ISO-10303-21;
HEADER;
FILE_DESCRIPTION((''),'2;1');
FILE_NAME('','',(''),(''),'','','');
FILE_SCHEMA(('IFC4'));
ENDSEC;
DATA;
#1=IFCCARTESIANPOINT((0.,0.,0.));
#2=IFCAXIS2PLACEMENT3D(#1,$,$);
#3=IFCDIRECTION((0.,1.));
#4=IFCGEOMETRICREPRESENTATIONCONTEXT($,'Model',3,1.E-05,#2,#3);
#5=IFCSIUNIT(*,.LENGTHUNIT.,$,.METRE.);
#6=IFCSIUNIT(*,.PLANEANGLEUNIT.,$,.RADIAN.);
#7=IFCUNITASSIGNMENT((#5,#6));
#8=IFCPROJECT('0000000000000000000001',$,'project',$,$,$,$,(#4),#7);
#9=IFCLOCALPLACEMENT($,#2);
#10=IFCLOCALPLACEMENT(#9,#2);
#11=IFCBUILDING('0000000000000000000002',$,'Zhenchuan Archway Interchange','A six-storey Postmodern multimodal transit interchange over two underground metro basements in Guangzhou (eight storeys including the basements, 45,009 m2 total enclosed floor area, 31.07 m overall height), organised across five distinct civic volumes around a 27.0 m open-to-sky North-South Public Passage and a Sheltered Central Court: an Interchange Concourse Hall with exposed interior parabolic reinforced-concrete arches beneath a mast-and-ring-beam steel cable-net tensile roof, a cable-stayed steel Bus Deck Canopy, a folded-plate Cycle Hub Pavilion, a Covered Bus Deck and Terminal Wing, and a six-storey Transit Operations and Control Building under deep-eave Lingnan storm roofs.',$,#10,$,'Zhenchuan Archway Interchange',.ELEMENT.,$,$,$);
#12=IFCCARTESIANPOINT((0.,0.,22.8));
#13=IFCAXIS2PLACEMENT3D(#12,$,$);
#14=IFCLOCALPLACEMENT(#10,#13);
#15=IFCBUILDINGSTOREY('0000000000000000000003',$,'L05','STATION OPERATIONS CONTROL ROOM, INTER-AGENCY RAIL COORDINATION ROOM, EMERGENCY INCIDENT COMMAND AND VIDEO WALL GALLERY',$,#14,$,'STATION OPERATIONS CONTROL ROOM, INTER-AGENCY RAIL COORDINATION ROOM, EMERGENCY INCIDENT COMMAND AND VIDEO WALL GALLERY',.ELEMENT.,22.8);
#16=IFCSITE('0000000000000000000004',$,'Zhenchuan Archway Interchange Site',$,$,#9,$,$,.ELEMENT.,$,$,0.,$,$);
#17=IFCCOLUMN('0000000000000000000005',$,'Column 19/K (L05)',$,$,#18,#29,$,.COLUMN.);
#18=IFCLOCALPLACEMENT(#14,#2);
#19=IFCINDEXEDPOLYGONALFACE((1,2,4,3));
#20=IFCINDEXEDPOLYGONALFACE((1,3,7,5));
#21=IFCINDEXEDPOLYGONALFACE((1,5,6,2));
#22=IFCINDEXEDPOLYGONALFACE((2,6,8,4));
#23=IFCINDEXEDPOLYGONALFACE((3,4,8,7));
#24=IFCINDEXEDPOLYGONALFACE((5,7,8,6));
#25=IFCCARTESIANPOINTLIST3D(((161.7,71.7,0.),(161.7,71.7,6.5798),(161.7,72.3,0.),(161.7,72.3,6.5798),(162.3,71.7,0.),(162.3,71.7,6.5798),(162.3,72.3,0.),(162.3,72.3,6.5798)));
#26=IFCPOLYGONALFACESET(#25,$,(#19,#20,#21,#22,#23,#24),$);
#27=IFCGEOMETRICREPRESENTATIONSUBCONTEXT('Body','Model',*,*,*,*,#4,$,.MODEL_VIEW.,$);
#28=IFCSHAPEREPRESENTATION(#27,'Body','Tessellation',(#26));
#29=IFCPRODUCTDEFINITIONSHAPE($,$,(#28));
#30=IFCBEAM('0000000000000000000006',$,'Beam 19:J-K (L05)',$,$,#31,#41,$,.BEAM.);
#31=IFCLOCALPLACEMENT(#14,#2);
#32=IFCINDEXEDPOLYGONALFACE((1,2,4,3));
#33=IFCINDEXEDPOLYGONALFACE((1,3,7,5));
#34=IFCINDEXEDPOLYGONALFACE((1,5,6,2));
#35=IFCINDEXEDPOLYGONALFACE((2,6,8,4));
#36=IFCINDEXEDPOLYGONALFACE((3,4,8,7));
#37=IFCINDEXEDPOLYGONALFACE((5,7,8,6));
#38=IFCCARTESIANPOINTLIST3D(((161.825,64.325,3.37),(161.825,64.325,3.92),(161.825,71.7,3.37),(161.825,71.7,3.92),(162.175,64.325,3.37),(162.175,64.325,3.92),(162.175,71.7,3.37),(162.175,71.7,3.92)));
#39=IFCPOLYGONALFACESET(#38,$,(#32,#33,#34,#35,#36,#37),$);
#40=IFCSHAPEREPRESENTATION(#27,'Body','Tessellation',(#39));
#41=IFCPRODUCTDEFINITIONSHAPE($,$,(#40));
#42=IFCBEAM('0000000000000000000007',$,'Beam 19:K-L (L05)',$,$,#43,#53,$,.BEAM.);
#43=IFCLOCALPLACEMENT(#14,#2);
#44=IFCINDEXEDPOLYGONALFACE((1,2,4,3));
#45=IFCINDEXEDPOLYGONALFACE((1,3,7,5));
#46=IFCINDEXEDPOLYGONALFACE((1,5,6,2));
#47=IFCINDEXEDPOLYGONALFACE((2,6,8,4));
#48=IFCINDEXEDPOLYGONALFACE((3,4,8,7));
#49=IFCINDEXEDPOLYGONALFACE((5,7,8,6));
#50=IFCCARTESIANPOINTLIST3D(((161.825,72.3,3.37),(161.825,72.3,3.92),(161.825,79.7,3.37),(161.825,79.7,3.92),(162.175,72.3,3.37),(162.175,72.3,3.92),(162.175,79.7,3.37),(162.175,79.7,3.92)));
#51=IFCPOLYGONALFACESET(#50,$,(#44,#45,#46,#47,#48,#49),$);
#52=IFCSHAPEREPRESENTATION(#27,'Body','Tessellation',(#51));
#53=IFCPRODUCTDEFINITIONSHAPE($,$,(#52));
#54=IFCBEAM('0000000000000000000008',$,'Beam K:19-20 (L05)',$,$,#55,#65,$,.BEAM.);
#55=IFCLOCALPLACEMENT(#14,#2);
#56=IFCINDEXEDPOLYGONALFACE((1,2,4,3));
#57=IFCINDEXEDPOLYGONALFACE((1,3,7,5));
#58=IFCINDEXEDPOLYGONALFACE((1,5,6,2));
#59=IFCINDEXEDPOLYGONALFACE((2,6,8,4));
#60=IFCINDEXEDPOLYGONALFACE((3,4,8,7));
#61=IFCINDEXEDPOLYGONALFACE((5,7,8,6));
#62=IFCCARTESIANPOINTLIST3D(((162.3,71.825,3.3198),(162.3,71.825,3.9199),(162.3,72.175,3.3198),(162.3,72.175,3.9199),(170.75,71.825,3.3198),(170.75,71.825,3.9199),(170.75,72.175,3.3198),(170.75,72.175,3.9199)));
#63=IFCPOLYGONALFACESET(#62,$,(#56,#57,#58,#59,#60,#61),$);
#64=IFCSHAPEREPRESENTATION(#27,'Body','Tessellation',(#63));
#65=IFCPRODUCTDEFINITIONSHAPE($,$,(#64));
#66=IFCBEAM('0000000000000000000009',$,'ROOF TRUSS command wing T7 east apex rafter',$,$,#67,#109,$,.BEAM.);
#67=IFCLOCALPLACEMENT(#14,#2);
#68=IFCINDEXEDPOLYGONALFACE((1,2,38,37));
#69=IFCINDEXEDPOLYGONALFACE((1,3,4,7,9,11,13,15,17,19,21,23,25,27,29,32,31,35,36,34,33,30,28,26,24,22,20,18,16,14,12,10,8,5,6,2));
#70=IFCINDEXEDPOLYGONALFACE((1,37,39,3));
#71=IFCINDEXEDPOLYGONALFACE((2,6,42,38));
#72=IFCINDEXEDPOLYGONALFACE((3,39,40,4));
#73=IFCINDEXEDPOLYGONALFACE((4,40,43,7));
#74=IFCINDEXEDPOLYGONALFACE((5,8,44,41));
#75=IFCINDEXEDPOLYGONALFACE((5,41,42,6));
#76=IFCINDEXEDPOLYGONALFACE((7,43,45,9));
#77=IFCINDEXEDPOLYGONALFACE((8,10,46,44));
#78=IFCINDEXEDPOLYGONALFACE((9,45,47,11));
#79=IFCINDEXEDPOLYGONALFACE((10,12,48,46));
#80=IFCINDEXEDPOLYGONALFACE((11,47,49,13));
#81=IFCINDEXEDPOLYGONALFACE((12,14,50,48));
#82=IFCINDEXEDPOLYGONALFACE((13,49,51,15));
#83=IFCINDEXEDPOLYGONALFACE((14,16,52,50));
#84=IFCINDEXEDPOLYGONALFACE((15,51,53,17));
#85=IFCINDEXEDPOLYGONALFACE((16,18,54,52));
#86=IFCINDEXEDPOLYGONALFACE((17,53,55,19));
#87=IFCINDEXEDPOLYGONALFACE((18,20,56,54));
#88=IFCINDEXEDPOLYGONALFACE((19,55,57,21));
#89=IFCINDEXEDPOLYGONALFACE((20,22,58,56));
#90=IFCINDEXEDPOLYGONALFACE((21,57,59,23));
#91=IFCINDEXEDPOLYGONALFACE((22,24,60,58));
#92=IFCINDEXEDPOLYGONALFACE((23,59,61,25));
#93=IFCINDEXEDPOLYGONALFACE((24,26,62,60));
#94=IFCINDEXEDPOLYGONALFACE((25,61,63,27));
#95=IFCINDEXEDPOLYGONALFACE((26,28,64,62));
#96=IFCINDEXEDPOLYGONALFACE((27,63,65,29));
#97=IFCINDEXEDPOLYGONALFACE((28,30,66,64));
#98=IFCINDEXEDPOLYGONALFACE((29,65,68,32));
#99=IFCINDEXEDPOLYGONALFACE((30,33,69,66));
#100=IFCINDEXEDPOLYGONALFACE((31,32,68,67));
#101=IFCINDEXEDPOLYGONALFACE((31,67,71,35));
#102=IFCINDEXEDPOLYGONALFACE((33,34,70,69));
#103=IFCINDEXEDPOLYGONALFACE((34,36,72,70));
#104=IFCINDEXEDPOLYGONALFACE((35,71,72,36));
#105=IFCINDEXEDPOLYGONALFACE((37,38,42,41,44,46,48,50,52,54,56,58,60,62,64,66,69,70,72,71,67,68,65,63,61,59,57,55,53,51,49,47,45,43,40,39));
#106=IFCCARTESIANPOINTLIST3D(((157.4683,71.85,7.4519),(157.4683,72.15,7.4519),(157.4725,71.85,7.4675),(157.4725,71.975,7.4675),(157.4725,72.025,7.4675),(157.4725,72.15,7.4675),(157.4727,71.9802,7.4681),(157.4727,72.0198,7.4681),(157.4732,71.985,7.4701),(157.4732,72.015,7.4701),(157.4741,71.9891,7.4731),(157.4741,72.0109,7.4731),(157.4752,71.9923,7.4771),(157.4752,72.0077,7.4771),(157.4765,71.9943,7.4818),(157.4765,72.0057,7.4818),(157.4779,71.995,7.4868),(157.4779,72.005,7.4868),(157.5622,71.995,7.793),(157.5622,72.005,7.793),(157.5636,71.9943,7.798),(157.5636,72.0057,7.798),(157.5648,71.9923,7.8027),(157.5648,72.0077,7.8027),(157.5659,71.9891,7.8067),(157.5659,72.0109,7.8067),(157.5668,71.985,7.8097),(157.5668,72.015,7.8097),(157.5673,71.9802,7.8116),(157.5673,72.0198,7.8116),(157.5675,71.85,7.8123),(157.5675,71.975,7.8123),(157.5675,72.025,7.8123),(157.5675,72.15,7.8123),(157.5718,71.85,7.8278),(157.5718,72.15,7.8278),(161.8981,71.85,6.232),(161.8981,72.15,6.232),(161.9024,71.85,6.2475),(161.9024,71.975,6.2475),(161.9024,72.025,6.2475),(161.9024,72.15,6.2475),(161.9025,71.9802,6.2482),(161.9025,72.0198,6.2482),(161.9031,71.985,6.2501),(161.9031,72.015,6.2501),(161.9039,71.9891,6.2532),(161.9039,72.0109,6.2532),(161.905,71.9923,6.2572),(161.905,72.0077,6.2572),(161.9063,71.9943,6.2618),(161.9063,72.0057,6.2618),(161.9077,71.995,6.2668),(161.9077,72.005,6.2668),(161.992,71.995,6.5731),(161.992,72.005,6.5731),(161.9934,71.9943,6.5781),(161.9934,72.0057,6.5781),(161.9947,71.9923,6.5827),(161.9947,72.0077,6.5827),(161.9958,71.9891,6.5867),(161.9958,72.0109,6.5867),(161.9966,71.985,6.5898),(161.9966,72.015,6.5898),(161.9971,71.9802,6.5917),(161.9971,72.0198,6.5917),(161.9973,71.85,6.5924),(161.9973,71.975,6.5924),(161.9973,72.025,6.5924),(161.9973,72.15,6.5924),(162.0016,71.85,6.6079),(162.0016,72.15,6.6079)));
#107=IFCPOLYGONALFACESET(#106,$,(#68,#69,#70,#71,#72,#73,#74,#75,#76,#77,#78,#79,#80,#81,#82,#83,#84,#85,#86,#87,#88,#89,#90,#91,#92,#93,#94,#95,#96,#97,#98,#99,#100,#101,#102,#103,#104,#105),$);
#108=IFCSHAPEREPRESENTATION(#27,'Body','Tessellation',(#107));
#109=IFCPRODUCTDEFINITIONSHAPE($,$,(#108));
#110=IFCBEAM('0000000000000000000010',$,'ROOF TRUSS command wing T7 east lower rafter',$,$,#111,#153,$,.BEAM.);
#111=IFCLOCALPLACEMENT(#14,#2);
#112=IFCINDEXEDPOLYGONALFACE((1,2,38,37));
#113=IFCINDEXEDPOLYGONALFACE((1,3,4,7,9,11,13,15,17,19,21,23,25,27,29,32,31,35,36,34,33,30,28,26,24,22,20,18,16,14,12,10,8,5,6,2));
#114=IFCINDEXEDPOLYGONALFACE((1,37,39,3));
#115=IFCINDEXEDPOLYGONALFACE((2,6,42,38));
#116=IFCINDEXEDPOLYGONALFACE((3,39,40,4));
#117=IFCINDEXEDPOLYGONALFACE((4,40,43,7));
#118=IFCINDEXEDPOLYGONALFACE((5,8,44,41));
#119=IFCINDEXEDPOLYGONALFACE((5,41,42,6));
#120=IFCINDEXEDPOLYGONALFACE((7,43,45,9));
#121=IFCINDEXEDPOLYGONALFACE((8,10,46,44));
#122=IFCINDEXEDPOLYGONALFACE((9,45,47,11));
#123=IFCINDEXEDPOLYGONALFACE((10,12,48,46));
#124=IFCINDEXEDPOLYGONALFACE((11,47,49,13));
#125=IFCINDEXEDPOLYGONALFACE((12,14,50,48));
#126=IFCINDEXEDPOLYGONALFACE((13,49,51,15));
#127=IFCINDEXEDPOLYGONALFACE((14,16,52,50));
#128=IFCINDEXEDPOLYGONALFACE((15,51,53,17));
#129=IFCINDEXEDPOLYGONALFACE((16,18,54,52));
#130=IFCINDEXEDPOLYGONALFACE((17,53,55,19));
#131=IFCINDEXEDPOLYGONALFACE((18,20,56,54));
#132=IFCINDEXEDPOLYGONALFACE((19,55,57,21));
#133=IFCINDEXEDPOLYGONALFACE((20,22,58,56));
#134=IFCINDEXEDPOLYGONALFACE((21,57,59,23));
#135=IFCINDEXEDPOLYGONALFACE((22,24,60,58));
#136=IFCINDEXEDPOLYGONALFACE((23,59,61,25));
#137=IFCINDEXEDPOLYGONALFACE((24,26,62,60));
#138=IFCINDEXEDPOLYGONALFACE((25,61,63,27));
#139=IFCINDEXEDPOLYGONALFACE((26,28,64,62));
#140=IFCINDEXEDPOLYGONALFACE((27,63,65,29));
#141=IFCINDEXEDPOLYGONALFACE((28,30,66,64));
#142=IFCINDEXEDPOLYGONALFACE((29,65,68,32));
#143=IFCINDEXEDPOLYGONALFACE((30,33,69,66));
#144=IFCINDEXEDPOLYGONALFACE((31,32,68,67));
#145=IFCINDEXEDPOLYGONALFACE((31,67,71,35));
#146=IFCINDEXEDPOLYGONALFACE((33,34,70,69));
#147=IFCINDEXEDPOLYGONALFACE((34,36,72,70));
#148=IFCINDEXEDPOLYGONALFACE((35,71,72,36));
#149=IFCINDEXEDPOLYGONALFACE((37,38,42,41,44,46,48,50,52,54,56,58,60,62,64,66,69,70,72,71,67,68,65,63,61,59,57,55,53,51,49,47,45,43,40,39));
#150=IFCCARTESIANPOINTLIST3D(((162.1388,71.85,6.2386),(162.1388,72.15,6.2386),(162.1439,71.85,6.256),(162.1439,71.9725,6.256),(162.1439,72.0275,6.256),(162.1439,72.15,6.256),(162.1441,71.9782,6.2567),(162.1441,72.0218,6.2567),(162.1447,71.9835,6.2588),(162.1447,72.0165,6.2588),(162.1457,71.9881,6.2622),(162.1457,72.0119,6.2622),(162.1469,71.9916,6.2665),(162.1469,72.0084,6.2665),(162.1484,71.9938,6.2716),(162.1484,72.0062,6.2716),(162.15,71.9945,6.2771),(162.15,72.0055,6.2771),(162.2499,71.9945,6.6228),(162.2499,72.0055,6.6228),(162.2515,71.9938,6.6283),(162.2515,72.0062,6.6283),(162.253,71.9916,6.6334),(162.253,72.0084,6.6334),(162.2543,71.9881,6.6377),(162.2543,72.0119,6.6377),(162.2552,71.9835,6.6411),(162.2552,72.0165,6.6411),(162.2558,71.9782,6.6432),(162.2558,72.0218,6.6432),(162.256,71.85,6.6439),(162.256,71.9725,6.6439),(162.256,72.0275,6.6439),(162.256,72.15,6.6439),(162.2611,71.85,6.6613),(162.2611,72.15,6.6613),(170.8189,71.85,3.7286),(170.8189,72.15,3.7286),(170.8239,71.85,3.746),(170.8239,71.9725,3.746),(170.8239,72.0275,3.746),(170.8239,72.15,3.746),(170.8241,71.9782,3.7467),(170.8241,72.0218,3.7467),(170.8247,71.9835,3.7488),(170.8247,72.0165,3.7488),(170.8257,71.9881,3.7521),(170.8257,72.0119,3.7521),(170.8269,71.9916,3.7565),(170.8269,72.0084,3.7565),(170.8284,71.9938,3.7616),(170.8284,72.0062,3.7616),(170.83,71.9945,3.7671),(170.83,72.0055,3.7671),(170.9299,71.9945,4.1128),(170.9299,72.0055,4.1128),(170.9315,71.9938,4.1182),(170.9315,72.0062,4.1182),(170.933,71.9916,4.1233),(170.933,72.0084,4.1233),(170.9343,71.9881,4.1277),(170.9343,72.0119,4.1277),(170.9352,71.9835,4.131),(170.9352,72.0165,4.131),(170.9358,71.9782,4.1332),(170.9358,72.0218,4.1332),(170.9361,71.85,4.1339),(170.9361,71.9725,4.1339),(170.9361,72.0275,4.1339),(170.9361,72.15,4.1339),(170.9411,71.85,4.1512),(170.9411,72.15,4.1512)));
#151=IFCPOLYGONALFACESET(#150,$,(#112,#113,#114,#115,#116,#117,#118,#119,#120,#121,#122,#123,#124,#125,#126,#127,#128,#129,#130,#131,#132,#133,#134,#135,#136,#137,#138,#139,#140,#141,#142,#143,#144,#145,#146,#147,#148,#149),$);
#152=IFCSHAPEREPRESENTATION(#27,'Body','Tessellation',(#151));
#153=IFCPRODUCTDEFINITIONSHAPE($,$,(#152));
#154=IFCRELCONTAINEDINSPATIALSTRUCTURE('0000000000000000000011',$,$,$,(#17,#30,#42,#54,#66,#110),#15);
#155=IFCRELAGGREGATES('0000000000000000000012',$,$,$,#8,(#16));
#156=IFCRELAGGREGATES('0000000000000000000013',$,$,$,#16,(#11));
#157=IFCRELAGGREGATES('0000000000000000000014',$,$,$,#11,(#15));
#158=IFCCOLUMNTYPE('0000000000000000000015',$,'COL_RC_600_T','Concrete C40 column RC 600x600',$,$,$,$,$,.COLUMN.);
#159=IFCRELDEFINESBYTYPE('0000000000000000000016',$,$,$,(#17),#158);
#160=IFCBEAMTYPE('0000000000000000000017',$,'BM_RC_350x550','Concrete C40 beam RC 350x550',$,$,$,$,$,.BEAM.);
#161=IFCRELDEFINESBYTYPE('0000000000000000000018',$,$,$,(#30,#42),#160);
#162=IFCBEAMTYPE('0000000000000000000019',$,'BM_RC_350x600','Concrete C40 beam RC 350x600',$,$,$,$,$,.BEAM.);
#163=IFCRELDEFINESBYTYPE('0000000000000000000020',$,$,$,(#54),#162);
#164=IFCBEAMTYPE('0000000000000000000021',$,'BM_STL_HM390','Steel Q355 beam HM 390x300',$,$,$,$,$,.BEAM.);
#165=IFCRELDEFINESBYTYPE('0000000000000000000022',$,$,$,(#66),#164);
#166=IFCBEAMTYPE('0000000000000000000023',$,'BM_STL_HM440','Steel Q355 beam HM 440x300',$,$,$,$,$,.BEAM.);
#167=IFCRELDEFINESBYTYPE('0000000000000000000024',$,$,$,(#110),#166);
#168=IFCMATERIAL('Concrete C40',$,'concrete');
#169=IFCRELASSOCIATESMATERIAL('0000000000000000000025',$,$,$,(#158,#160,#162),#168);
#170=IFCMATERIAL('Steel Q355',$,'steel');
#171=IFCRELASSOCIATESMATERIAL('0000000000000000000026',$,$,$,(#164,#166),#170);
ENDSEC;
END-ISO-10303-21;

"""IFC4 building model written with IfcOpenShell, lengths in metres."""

from ifc_helpers import new_model, si_unit, direction, frame, origin, origin_2d, place, context, subcontext, project, spatial, rectangle, i_section, extrude, material, material_profile, profile_set, type_object, element, save


model = new_model("IFC4")

# Units and contexts
model_context = context("Model", 3, precision=1e-05, world=origin(), true_north=direction((0.0, 1.0)))
body_context = subcontext(model_context, "Body", "Model", "MODEL_VIEW")
ifc_project = project(units=[si_unit("LENGTHUNIT", "METRE"), si_unit("PLANEANGLEUNIT", "RADIAN")], contexts=[model_context])

# Site, building, storey
site_placement = place(None, origin())
site = spatial("IfcSite", under=ifc_project, at=site_placement, Name="Zhenchuan Archway Interchange Site", CompositionType="ELEMENT", RefElevation=0.0)
building_placement = place(site_placement, origin())
building = spatial("IfcBuilding", under=site, at=building_placement, Name="Zhenchuan Archway Interchange", Description="A six-storey Postmodern multimodal transit interchange over two underground metro basements in Guangzhou (eight storeys including the basements, 45,009 m2 total enclosed floor area, 31.07 m overall height), organised across five distinct civic volumes around a 27.0 m open-to-sky North-South Public Passage and a Sheltered Central Court: an Interchange Concourse Hall with exposed interior parabolic reinforced-concrete arches beneath a mast-and-ring-beam steel cable-net tensile roof, a cable-stayed steel Bus Deck Canopy, a folded-plate Cycle Hub Pavilion, a Covered Bus Deck and Terminal Wing, and a six-storey Transit Operations and Control Building under deep-eave Lingnan storm roofs.", LongName="Zhenchuan Archway Interchange", CompositionType="ELEMENT")
storey_placement = place(building_placement, frame((0.0, 0.0, 22.8)))
storey = spatial("IfcBuildingStorey", under=building, at=storey_placement, Name="L05", Description="STATION OPERATIONS CONTROL ROOM, INTER-AGENCY RAIL COORDINATION ROOM, EMERGENCY INCIDENT COMMAND AND VIDEO WALL GALLERY", LongName="STATION OPERATIONS CONTROL ROOM, INTER-AGENCY RAIL COORDINATION ROOM, EMERGENCY INCIDENT COMMAND AND VIDEO WALL GALLERY", CompositionType="ELEMENT", Elevation=22.8)

# Column
ifc_material_1 = material(Name="Concrete C40", Category="concrete")
ifc_material_profile_1 = material_profile(ifc_material_1, rectangle(XDim=0.6001, YDim=0.6001, at=origin_2d()), Name="RC 600x600")
ifc_profile_set_1 = profile_set([ifc_material_profile_1], Name="Concrete C40")
column_type = type_object("IfcColumnType", Name="COL_RC_600_T", Description="Concrete C40 column RC 600x600", PredefinedType="COLUMN", material=ifc_profile_set_1)
column_placement = place(storey_placement, frame((162.0, 72.0, 0.0), z_axis=(0.0, 0.0, 1.0), x_axis=(1.0, 0.0, 0.0)))
element("IfcColumn", 1, at=column_placement, inside=storey, type_object=column_type, Name="Column 19/K (L05)", PredefinedType="COLUMN", context=body_context, shape_type="SweptSolid", body=[
    extrude(rectangle(XDim=0.6001, YDim=0.6001, at=origin_2d()), origin(), (0.0, 0.0, 1.0), 6.5798),
])

# Beams
ifc_material_profile_2 = material_profile(ifc_material_1, rectangle(XDim=0.3501, YDim=0.55, at=origin_2d()), Name="RC 350x550")
ifc_profile_set_2 = profile_set([ifc_material_profile_2], Name="Concrete C40")
beam_type_1 = type_object("IfcBeamType", Name="BM_RC_350x550", Description="Concrete C40 beam RC 350x550", PredefinedType="BEAM", material=ifc_profile_set_2)
beam_1_placement = place(storey_placement, frame((162.0, 64.325, 3.645), z_axis=(0.0, 1.0, 0.0), x_axis=(-1.0, 0.0, 0.0)))
element("IfcBeam", 2, at=beam_1_placement, inside=storey, type_object=beam_type_1, Name="Beam 19:J-K (L05)", PredefinedType="BEAM", context=body_context, shape_type="SweptSolid", body=[
    extrude(rectangle(XDim=0.3501, YDim=0.55, at=origin_2d()), origin(), (0.0, 0.0, 1.0), 7.375),
])
beam_2_placement = place(storey_placement, frame((162.0, 72.3, 3.645), z_axis=(0.0, 1.0, 0.0), x_axis=(-1.0, 0.0, 0.0)))
element("IfcBeam", 3, at=beam_2_placement, inside=storey, type_object=beam_type_1, Name="Beam 19:K-L (L05)", PredefinedType="BEAM", context=body_context, shape_type="SweptSolid", body=[
    extrude(rectangle(XDim=0.3501, YDim=0.55, at=origin_2d()), origin(), (0.0, 0.0, 1.0), 7.3999),
])
ifc_material_profile_3 = material_profile(ifc_material_1, rectangle(XDim=0.3501, YDim=0.6001, at=origin_2d()), Name="RC 350x600")
ifc_profile_set_3 = profile_set([ifc_material_profile_3], Name="Concrete C40")
beam_type_2 = type_object("IfcBeamType", Name="BM_RC_350x600", Description="Concrete C40 beam RC 350x600", PredefinedType="BEAM", material=ifc_profile_set_3)
beam_3_placement = place(storey_placement, frame((162.3, 72.0, 3.6199), z_axis=(1.0, 0.0, 0.0), x_axis=(0.0, 1.0, 0.0)))
element("IfcBeam", 4, at=beam_3_placement, inside=storey, type_object=beam_type_2, Name="Beam K:19-20 (L05)", PredefinedType="BEAM", context=body_context, shape_type="SweptSolid", body=[
    extrude(rectangle(XDim=0.3501, YDim=0.6001, at=origin_2d()), origin(), (0.0, 0.0, 1.0), 8.45),
])
ifc_material_2 = material(Name="Steel Q355", Category="steel")
ifc_material_profile_4 = material_profile(ifc_material_2, i_section(OverallWidth=0.3, OverallDepth=0.3899, WebThickness=0.01, FlangeThickness=0.0161, FilletRadius=0.02, at=origin_2d()), Name="HM 390x300")
ifc_profile_set_4 = profile_set([ifc_material_profile_4], Name="Steel Q355")
beam_type_3 = type_object("IfcBeamType", Name="BM_STL_HM390", Description="Steel Q355 beam HM 390x300", PredefinedType="BEAM", material=ifc_profile_set_4)
beam_4_placement = place(storey_placement, frame((157.52, 72.0, 7.6399), z_axis=(0.964109, 0.0, -0.265508), x_axis=(0.0, 1.0, 0.0)))
element("IfcBeam", 5, at=beam_4_placement, inside=storey, type_object=beam_type_3, Name="ROOF TRUSS command wing T7 east apex rafter", PredefinedType="BEAM", context=body_context, shape_type="SweptSolid", body=[
    extrude(i_section(OverallWidth=0.3, OverallDepth=0.3899, WebThickness=0.01, FlangeThickness=0.0161, FilletRadius=0.02, at=origin_2d()), origin(), (0.0, 0.0, 1.0), 4.5947),
])
ifc_material_profile_5 = material_profile(ifc_material_2, i_section(OverallWidth=0.3, OverallDepth=0.4399, WebThickness=0.011, FlangeThickness=0.0181, FilletRadius=0.022, at=origin_2d()), Name="HM 440x300")
ifc_profile_set_5 = profile_set([ifc_material_profile_5], Name="Steel Q355")
beam_type_4 = type_object("IfcBeamType", Name="BM_STL_HM440", Description="Steel Q355 beam HM 440x300", PredefinedType="BEAM", material=ifc_profile_set_5)
beam_5_placement = place(storey_placement, frame((162.2, 72.0, 6.45), z_axis=(0.960641, 0.0, -0.277792), x_axis=(0.0, 1.0, 0.0)))
element("IfcBeam", 6, at=beam_5_placement, inside=storey, type_object=beam_type_4, Name="ROOF TRUSS command wing T7 east lower rafter", PredefinedType="BEAM", context=body_context, shape_type="SweptSolid", body=[
    extrude(i_section(OverallWidth=0.3, OverallDepth=0.4399, WebThickness=0.011, FlangeThickness=0.0181, FilletRadius=0.022, at=origin_2d()), origin(), (0.0, 0.0, 1.0), 9.0356),
])

save(model, "model.ifc")
